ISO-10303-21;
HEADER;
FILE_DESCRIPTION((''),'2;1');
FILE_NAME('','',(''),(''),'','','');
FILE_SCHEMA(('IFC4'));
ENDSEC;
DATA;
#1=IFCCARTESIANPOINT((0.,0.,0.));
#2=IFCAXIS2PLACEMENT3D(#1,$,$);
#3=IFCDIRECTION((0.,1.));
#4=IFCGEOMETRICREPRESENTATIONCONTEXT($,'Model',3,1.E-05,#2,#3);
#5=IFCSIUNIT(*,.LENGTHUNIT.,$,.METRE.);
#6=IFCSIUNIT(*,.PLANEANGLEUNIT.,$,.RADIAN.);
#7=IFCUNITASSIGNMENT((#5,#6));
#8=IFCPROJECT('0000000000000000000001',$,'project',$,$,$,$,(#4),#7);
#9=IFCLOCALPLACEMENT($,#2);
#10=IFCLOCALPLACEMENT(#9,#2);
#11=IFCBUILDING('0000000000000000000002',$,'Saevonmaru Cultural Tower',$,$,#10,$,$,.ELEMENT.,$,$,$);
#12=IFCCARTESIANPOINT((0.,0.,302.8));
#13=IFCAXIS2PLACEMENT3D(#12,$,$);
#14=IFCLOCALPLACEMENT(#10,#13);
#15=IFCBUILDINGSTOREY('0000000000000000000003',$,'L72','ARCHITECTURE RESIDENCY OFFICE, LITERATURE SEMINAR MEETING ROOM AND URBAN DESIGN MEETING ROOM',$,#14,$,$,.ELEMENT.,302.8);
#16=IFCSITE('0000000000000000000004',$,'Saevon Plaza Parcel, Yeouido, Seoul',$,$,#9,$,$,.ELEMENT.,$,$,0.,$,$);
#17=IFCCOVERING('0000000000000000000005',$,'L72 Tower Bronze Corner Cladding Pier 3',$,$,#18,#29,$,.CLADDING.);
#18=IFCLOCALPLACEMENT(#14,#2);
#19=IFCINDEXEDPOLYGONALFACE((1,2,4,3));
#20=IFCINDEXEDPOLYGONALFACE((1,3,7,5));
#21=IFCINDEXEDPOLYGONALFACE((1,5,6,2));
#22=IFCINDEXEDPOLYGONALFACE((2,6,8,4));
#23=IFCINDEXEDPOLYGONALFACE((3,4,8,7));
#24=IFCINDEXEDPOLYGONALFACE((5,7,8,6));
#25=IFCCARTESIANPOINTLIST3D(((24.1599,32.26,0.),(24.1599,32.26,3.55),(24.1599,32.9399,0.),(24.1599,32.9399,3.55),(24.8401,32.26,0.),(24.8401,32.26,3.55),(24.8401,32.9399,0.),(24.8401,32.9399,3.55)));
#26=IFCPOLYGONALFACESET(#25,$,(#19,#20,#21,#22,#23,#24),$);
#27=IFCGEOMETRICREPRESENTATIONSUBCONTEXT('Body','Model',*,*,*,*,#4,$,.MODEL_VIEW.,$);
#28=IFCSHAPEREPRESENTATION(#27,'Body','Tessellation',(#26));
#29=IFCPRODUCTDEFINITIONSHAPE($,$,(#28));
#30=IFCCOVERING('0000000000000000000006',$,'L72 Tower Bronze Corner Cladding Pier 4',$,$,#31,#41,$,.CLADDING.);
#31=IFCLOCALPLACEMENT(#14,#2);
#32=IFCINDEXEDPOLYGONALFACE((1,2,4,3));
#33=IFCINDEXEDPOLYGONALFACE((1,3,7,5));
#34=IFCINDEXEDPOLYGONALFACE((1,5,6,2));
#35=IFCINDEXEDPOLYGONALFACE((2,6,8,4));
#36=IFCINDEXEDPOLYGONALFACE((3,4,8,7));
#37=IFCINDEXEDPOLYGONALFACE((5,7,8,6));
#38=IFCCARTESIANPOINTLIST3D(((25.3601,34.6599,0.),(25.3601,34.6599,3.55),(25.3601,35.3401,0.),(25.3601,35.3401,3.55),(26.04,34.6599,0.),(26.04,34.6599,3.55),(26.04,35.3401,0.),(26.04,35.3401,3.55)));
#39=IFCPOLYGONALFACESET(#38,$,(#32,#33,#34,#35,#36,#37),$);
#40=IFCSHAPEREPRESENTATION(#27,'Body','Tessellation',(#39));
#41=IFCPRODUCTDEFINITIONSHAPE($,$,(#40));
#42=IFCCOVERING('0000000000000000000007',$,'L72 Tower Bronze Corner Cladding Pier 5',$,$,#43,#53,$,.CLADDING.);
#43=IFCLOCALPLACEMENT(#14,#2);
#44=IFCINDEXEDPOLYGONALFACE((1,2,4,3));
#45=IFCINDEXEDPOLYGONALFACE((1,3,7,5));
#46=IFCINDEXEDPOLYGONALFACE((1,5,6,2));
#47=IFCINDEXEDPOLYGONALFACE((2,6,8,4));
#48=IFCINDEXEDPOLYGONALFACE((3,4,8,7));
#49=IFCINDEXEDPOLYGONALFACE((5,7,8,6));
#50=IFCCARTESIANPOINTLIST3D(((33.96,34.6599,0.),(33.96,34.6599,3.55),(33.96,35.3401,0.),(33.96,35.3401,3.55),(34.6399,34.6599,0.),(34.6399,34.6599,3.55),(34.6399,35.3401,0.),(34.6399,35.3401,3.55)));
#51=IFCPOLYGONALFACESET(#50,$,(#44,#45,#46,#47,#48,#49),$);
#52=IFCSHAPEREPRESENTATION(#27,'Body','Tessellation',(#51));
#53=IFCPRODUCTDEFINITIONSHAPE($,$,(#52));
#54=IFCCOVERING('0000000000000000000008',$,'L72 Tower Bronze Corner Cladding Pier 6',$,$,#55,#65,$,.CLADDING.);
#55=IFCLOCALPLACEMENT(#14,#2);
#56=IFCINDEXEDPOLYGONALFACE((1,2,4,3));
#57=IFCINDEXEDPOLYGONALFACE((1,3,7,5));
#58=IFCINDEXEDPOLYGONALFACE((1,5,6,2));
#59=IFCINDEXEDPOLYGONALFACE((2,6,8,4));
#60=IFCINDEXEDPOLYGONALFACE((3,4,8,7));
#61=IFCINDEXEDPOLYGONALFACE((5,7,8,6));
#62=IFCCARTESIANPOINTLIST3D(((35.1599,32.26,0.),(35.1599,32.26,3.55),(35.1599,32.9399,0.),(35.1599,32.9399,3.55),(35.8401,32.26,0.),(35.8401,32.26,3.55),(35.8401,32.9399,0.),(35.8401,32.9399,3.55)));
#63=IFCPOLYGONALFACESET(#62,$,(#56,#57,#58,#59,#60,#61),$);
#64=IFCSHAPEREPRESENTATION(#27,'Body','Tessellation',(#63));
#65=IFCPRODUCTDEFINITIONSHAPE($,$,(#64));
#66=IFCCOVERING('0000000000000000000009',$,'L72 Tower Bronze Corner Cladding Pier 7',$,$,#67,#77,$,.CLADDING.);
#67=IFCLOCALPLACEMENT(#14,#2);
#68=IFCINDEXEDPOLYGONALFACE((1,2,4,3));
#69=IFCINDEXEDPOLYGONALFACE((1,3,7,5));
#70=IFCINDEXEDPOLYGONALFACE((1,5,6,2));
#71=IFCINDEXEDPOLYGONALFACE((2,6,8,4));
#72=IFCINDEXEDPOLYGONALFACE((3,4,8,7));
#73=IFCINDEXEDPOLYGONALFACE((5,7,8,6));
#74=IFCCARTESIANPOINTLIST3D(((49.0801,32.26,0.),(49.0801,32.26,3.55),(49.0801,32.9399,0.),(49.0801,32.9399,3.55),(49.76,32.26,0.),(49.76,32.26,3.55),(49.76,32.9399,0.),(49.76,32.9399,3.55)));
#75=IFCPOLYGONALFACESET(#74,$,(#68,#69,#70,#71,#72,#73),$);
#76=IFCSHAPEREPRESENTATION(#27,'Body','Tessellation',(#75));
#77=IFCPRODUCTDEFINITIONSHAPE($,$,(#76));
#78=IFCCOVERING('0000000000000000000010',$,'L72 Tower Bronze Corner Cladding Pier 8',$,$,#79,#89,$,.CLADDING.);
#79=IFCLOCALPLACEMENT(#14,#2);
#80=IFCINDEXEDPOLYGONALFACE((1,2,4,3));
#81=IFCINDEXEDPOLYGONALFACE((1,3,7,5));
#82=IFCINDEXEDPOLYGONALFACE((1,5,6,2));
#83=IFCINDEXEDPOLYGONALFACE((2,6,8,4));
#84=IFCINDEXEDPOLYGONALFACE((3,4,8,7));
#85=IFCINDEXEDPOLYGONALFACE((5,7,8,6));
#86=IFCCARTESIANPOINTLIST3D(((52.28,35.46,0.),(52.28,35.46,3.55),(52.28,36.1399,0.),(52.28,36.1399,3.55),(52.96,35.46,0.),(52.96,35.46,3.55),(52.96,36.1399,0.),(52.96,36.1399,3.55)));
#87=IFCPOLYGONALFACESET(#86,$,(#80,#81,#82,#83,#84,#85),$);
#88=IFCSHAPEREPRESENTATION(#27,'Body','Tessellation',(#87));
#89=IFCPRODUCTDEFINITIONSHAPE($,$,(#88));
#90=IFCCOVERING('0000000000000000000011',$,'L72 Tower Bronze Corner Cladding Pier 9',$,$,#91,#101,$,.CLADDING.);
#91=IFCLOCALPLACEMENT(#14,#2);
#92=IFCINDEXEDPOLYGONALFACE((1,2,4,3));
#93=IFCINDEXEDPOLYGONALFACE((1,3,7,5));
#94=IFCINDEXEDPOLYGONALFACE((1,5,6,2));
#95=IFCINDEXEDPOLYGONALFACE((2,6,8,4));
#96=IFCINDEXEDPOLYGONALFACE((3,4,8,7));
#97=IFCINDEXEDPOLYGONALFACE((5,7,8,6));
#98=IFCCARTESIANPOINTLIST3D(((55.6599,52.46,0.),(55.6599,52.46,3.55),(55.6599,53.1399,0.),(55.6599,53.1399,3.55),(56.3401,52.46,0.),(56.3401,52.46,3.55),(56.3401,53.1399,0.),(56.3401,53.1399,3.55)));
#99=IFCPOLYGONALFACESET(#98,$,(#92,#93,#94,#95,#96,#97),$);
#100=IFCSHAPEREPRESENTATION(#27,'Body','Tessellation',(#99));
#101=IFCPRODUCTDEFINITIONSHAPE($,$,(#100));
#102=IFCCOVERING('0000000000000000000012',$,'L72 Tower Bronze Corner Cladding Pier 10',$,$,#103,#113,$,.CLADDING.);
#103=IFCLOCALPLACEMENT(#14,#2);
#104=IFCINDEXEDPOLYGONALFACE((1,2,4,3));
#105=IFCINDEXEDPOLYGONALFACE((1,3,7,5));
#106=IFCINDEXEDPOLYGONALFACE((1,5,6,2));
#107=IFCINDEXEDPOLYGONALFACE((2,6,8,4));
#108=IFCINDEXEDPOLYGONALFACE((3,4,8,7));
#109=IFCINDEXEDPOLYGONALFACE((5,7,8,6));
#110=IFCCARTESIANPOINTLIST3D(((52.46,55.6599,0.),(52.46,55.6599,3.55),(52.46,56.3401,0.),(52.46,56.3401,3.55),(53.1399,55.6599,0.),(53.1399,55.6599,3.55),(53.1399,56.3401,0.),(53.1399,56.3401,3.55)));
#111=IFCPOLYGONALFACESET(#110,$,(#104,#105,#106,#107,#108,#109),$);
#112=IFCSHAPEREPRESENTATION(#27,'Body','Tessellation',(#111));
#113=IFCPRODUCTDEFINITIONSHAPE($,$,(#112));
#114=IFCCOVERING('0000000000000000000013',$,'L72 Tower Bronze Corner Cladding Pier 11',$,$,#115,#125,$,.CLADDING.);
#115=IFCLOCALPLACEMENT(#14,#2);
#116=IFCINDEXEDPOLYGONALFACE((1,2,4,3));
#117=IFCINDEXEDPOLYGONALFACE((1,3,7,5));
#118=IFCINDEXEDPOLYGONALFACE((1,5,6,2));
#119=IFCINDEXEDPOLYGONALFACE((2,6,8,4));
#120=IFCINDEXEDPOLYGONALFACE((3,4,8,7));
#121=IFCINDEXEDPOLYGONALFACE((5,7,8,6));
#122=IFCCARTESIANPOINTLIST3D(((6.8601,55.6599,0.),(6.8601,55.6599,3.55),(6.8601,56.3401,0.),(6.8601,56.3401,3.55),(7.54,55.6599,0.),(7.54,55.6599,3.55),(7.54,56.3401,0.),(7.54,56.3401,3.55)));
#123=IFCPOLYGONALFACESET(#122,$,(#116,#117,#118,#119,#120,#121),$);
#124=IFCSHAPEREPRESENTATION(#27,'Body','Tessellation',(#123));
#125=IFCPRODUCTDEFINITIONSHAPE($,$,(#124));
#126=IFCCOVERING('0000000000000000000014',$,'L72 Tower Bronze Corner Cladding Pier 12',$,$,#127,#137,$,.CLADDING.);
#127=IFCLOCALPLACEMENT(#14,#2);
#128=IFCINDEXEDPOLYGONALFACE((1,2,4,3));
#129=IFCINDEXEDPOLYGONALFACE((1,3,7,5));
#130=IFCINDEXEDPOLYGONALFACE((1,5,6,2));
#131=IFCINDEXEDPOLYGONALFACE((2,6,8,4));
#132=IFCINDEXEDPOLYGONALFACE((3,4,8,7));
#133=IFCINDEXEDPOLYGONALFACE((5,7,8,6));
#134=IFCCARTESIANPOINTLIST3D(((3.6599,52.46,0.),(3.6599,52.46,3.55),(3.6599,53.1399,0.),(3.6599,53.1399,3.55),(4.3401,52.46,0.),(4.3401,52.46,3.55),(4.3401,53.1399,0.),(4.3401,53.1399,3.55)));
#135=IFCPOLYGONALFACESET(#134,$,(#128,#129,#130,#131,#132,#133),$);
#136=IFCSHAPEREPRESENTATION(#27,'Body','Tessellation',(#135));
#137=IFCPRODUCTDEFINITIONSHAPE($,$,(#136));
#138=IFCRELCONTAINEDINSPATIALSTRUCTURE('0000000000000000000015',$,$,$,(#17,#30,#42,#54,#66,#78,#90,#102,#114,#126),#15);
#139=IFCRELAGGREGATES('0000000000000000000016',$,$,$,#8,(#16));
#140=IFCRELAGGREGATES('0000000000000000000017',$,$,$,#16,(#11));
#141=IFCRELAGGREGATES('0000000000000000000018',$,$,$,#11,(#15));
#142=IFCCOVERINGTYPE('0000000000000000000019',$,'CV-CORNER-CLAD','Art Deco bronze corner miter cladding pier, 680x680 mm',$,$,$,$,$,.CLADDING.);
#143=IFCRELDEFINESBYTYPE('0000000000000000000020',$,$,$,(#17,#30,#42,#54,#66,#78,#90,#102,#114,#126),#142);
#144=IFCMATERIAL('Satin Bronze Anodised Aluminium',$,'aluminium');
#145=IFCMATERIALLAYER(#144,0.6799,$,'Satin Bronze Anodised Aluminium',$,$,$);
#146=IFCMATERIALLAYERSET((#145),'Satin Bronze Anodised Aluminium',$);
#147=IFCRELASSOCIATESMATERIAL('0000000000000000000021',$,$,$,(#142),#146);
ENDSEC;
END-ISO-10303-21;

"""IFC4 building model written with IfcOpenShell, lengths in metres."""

from ifc_helpers import new_model, si_unit, direction, frame, origin, place, context, subcontext, project, spatial, polyline, outline, extrude, material, layer, layer_set, type_object, element, save


model = new_model("IFC4")

# Units and contexts
model_context = context("Model", 3, precision=1e-05, world=origin(), true_north=direction((0.0, 1.0)))
body_context = subcontext(model_context, "Body", "Model", "MODEL_VIEW")
ifc_project = project(units=[si_unit("LENGTHUNIT", "METRE"), si_unit("PLANEANGLEUNIT", "RADIAN")], contexts=[model_context])

# Site, building, storey
site_placement = place(None, origin())
site = spatial("IfcSite", under=ifc_project, at=site_placement, Name="Saevon Plaza Parcel, Yeouido, Seoul", CompositionType="ELEMENT", RefElevation=0.0)
building_placement = place(site_placement, origin())
building = spatial("IfcBuilding", under=site, at=building_placement, Name="Saevonmaru Cultural Tower", CompositionType="ELEMENT")
storey_placement = place(building_placement, frame((0.0, 0.0, 302.8)))
storey = spatial("IfcBuildingStorey", under=building, at=storey_placement, Name="L72", Description="ARCHITECTURE RESIDENCY OFFICE, LITERATURE SEMINAR MEETING ROOM AND URBAN DESIGN MEETING ROOM", CompositionType="ELEMENT", Elevation=302.8)

# Shared definitions
ifc_material_1 = material(Name="Satin Bronze Anodised Aluminium", Category="aluminium")

# Coverings
ifc_layer_1 = layer(ifc_material_1, 0.6799, Name="Satin Bronze Anodised Aluminium")
ifc_layer_set_1 = layer_set([ifc_layer_1], Name="Satin Bronze Anodised Aluminium")
covering_type = type_object("IfcCoveringType", Name="CV-CORNER-CLAD", Description="Art Deco bronze corner miter cladding pier, 680x680 mm", PredefinedType="CLADDING", material=ifc_layer_set_1)
covering_1_placement = place(storey_placement, origin())
element("IfcCovering", 1, at=covering_1_placement, inside=storey, type_object=covering_type, Name="L72 Tower Bronze Corner Cladding Pier 3", PredefinedType="CLADDING", context=body_context, shape_type="SweptSolid", body=[
    extrude(outline(polyline([(24.1599, 32.26), (24.8401, 32.26), (24.8401, 32.9399), (24.1599, 32.9399), (24.1599, 32.26)])), origin(), (0.0, 0.0, 1.0), 3.55),
])
covering_2_placement = place(storey_placement, origin())
element("IfcCovering", 2, at=covering_2_placement, inside=storey, type_object=covering_type, Name="L72 Tower Bronze Corner Cladding Pier 4", PredefinedType="CLADDING", context=body_context, shape_type="SweptSolid", body=[
    extrude(outline(polyline([(25.3601, 34.6599), (26.04, 34.6599), (26.04, 35.3401), (25.3601, 35.3401), (25.3601, 34.6599)])), origin(), (0.0, 0.0, 1.0), 3.55),
])
covering_3_placement = place(storey_placement, origin())
element("IfcCovering", 3, at=covering_3_placement, inside=storey, type_object=covering_type, Name="L72 Tower Bronze Corner Cladding Pier 5", PredefinedType="CLADDING", context=body_context, shape_type="SweptSolid", body=[
    extrude(outline(polyline([(33.96, 34.6599), (34.6399, 34.6599), (34.6399, 35.3401), (33.96, 35.3401), (33.96, 34.6599)])), origin(), (0.0, 0.0, 1.0), 3.55),
])
covering_4_placement = place(storey_placement, origin())
element("IfcCovering", 4, at=covering_4_placement, inside=storey, type_object=covering_type, Name="L72 Tower Bronze Corner Cladding Pier 6", PredefinedType="CLADDING", context=body_context, shape_type="SweptSolid", body=[
    extrude(outline(polyline([(35.1599, 32.26), (35.8401, 32.26), (35.8401, 32.9399), (35.1599, 32.9399), (35.1599, 32.26)])), origin(), (0.0, 0.0, 1.0), 3.55),
])
covering_5_placement = place(storey_placement, origin())
element("IfcCovering", 5, at=covering_5_placement, inside=storey, type_object=covering_type, Name="L72 Tower Bronze Corner Cladding Pier 7", PredefinedType="CLADDING", context=body_context, shape_type="SweptSolid", body=[
    extrude(outline(polyline([(49.0801, 32.26), (49.76, 32.26), (49.76, 32.9399), (49.0801, 32.9399), (49.0801, 32.26)])), origin(), (0.0, 0.0, 1.0), 3.55),
])
covering_6_placement = place(storey_placement, origin())
element("IfcCovering", 6, at=covering_6_placement, inside=storey, type_object=covering_type, Name="L72 Tower Bronze Corner Cladding Pier 8", PredefinedType="CLADDING", context=body_context, shape_type="SweptSolid", body=[
    extrude(outline(polyline([(52.28, 35.46), (52.96, 35.46), (52.96, 36.1399), (52.28, 36.1399), (52.28, 35.46)])), origin(), (0.0, 0.0, 1.0), 3.55),
])
covering_7_placement = place(storey_placement, origin())
element("IfcCovering", 7, at=covering_7_placement, inside=storey, type_object=covering_type, Name="L72 Tower Bronze Corner Cladding Pier 9", PredefinedType="CLADDING", context=body_context, shape_type="SweptSolid", body=[
    extrude(outline(polyline([(55.6599, 52.46), (56.3401, 52.46), (56.3401, 53.1399), (55.6599, 53.1399), (55.6599, 52.46)])), origin(), (0.0, 0.0, 1.0), 3.55),
])
covering_8_placement = place(storey_placement, origin())
element("IfcCovering", 8, at=covering_8_placement, inside=storey, type_object=covering_type, Name="L72 Tower Bronze Corner Cladding Pier 10", PredefinedType="CLADDING", context=body_context, shape_type="SweptSolid", body=[
    extrude(outline(polyline([(52.46, 55.6599), (53.1399, 55.6599), (53.1399, 56.3401), (52.46, 56.3401), (52.46, 55.6599)])), origin(), (0.0, 0.0, 1.0), 3.55),
])
covering_9_placement = place(storey_placement, origin())
element("IfcCovering", 9, at=covering_9_placement, inside=storey, type_object=covering_type, Name="L72 Tower Bronze Corner Cladding Pier 11", PredefinedType="CLADDING", context=body_context, shape_type="SweptSolid", body=[
    extrude(outline(polyline([(6.8601, 55.6599), (7.54, 55.6599), (7.54, 56.3401), (6.8601, 56.3401), (6.8601, 55.6599)])), origin(), (0.0, 0.0, 1.0), 3.55),
])
covering_10_placement = place(storey_placement, origin())
element("IfcCovering", 10, at=covering_10_placement, inside=storey, type_object=covering_type, Name="L72 Tower Bronze Corner Cladding Pier 12", PredefinedType="CLADDING", context=body_context, shape_type="SweptSolid", body=[
    extrude(outline(polyline([(3.6599, 52.46), (4.3401, 52.46), (4.3401, 53.1399), (3.6599, 53.1399), (3.6599, 52.46)])), origin(), (0.0, 0.0, 1.0), 3.55),
])

save(model, "model.ifc")
